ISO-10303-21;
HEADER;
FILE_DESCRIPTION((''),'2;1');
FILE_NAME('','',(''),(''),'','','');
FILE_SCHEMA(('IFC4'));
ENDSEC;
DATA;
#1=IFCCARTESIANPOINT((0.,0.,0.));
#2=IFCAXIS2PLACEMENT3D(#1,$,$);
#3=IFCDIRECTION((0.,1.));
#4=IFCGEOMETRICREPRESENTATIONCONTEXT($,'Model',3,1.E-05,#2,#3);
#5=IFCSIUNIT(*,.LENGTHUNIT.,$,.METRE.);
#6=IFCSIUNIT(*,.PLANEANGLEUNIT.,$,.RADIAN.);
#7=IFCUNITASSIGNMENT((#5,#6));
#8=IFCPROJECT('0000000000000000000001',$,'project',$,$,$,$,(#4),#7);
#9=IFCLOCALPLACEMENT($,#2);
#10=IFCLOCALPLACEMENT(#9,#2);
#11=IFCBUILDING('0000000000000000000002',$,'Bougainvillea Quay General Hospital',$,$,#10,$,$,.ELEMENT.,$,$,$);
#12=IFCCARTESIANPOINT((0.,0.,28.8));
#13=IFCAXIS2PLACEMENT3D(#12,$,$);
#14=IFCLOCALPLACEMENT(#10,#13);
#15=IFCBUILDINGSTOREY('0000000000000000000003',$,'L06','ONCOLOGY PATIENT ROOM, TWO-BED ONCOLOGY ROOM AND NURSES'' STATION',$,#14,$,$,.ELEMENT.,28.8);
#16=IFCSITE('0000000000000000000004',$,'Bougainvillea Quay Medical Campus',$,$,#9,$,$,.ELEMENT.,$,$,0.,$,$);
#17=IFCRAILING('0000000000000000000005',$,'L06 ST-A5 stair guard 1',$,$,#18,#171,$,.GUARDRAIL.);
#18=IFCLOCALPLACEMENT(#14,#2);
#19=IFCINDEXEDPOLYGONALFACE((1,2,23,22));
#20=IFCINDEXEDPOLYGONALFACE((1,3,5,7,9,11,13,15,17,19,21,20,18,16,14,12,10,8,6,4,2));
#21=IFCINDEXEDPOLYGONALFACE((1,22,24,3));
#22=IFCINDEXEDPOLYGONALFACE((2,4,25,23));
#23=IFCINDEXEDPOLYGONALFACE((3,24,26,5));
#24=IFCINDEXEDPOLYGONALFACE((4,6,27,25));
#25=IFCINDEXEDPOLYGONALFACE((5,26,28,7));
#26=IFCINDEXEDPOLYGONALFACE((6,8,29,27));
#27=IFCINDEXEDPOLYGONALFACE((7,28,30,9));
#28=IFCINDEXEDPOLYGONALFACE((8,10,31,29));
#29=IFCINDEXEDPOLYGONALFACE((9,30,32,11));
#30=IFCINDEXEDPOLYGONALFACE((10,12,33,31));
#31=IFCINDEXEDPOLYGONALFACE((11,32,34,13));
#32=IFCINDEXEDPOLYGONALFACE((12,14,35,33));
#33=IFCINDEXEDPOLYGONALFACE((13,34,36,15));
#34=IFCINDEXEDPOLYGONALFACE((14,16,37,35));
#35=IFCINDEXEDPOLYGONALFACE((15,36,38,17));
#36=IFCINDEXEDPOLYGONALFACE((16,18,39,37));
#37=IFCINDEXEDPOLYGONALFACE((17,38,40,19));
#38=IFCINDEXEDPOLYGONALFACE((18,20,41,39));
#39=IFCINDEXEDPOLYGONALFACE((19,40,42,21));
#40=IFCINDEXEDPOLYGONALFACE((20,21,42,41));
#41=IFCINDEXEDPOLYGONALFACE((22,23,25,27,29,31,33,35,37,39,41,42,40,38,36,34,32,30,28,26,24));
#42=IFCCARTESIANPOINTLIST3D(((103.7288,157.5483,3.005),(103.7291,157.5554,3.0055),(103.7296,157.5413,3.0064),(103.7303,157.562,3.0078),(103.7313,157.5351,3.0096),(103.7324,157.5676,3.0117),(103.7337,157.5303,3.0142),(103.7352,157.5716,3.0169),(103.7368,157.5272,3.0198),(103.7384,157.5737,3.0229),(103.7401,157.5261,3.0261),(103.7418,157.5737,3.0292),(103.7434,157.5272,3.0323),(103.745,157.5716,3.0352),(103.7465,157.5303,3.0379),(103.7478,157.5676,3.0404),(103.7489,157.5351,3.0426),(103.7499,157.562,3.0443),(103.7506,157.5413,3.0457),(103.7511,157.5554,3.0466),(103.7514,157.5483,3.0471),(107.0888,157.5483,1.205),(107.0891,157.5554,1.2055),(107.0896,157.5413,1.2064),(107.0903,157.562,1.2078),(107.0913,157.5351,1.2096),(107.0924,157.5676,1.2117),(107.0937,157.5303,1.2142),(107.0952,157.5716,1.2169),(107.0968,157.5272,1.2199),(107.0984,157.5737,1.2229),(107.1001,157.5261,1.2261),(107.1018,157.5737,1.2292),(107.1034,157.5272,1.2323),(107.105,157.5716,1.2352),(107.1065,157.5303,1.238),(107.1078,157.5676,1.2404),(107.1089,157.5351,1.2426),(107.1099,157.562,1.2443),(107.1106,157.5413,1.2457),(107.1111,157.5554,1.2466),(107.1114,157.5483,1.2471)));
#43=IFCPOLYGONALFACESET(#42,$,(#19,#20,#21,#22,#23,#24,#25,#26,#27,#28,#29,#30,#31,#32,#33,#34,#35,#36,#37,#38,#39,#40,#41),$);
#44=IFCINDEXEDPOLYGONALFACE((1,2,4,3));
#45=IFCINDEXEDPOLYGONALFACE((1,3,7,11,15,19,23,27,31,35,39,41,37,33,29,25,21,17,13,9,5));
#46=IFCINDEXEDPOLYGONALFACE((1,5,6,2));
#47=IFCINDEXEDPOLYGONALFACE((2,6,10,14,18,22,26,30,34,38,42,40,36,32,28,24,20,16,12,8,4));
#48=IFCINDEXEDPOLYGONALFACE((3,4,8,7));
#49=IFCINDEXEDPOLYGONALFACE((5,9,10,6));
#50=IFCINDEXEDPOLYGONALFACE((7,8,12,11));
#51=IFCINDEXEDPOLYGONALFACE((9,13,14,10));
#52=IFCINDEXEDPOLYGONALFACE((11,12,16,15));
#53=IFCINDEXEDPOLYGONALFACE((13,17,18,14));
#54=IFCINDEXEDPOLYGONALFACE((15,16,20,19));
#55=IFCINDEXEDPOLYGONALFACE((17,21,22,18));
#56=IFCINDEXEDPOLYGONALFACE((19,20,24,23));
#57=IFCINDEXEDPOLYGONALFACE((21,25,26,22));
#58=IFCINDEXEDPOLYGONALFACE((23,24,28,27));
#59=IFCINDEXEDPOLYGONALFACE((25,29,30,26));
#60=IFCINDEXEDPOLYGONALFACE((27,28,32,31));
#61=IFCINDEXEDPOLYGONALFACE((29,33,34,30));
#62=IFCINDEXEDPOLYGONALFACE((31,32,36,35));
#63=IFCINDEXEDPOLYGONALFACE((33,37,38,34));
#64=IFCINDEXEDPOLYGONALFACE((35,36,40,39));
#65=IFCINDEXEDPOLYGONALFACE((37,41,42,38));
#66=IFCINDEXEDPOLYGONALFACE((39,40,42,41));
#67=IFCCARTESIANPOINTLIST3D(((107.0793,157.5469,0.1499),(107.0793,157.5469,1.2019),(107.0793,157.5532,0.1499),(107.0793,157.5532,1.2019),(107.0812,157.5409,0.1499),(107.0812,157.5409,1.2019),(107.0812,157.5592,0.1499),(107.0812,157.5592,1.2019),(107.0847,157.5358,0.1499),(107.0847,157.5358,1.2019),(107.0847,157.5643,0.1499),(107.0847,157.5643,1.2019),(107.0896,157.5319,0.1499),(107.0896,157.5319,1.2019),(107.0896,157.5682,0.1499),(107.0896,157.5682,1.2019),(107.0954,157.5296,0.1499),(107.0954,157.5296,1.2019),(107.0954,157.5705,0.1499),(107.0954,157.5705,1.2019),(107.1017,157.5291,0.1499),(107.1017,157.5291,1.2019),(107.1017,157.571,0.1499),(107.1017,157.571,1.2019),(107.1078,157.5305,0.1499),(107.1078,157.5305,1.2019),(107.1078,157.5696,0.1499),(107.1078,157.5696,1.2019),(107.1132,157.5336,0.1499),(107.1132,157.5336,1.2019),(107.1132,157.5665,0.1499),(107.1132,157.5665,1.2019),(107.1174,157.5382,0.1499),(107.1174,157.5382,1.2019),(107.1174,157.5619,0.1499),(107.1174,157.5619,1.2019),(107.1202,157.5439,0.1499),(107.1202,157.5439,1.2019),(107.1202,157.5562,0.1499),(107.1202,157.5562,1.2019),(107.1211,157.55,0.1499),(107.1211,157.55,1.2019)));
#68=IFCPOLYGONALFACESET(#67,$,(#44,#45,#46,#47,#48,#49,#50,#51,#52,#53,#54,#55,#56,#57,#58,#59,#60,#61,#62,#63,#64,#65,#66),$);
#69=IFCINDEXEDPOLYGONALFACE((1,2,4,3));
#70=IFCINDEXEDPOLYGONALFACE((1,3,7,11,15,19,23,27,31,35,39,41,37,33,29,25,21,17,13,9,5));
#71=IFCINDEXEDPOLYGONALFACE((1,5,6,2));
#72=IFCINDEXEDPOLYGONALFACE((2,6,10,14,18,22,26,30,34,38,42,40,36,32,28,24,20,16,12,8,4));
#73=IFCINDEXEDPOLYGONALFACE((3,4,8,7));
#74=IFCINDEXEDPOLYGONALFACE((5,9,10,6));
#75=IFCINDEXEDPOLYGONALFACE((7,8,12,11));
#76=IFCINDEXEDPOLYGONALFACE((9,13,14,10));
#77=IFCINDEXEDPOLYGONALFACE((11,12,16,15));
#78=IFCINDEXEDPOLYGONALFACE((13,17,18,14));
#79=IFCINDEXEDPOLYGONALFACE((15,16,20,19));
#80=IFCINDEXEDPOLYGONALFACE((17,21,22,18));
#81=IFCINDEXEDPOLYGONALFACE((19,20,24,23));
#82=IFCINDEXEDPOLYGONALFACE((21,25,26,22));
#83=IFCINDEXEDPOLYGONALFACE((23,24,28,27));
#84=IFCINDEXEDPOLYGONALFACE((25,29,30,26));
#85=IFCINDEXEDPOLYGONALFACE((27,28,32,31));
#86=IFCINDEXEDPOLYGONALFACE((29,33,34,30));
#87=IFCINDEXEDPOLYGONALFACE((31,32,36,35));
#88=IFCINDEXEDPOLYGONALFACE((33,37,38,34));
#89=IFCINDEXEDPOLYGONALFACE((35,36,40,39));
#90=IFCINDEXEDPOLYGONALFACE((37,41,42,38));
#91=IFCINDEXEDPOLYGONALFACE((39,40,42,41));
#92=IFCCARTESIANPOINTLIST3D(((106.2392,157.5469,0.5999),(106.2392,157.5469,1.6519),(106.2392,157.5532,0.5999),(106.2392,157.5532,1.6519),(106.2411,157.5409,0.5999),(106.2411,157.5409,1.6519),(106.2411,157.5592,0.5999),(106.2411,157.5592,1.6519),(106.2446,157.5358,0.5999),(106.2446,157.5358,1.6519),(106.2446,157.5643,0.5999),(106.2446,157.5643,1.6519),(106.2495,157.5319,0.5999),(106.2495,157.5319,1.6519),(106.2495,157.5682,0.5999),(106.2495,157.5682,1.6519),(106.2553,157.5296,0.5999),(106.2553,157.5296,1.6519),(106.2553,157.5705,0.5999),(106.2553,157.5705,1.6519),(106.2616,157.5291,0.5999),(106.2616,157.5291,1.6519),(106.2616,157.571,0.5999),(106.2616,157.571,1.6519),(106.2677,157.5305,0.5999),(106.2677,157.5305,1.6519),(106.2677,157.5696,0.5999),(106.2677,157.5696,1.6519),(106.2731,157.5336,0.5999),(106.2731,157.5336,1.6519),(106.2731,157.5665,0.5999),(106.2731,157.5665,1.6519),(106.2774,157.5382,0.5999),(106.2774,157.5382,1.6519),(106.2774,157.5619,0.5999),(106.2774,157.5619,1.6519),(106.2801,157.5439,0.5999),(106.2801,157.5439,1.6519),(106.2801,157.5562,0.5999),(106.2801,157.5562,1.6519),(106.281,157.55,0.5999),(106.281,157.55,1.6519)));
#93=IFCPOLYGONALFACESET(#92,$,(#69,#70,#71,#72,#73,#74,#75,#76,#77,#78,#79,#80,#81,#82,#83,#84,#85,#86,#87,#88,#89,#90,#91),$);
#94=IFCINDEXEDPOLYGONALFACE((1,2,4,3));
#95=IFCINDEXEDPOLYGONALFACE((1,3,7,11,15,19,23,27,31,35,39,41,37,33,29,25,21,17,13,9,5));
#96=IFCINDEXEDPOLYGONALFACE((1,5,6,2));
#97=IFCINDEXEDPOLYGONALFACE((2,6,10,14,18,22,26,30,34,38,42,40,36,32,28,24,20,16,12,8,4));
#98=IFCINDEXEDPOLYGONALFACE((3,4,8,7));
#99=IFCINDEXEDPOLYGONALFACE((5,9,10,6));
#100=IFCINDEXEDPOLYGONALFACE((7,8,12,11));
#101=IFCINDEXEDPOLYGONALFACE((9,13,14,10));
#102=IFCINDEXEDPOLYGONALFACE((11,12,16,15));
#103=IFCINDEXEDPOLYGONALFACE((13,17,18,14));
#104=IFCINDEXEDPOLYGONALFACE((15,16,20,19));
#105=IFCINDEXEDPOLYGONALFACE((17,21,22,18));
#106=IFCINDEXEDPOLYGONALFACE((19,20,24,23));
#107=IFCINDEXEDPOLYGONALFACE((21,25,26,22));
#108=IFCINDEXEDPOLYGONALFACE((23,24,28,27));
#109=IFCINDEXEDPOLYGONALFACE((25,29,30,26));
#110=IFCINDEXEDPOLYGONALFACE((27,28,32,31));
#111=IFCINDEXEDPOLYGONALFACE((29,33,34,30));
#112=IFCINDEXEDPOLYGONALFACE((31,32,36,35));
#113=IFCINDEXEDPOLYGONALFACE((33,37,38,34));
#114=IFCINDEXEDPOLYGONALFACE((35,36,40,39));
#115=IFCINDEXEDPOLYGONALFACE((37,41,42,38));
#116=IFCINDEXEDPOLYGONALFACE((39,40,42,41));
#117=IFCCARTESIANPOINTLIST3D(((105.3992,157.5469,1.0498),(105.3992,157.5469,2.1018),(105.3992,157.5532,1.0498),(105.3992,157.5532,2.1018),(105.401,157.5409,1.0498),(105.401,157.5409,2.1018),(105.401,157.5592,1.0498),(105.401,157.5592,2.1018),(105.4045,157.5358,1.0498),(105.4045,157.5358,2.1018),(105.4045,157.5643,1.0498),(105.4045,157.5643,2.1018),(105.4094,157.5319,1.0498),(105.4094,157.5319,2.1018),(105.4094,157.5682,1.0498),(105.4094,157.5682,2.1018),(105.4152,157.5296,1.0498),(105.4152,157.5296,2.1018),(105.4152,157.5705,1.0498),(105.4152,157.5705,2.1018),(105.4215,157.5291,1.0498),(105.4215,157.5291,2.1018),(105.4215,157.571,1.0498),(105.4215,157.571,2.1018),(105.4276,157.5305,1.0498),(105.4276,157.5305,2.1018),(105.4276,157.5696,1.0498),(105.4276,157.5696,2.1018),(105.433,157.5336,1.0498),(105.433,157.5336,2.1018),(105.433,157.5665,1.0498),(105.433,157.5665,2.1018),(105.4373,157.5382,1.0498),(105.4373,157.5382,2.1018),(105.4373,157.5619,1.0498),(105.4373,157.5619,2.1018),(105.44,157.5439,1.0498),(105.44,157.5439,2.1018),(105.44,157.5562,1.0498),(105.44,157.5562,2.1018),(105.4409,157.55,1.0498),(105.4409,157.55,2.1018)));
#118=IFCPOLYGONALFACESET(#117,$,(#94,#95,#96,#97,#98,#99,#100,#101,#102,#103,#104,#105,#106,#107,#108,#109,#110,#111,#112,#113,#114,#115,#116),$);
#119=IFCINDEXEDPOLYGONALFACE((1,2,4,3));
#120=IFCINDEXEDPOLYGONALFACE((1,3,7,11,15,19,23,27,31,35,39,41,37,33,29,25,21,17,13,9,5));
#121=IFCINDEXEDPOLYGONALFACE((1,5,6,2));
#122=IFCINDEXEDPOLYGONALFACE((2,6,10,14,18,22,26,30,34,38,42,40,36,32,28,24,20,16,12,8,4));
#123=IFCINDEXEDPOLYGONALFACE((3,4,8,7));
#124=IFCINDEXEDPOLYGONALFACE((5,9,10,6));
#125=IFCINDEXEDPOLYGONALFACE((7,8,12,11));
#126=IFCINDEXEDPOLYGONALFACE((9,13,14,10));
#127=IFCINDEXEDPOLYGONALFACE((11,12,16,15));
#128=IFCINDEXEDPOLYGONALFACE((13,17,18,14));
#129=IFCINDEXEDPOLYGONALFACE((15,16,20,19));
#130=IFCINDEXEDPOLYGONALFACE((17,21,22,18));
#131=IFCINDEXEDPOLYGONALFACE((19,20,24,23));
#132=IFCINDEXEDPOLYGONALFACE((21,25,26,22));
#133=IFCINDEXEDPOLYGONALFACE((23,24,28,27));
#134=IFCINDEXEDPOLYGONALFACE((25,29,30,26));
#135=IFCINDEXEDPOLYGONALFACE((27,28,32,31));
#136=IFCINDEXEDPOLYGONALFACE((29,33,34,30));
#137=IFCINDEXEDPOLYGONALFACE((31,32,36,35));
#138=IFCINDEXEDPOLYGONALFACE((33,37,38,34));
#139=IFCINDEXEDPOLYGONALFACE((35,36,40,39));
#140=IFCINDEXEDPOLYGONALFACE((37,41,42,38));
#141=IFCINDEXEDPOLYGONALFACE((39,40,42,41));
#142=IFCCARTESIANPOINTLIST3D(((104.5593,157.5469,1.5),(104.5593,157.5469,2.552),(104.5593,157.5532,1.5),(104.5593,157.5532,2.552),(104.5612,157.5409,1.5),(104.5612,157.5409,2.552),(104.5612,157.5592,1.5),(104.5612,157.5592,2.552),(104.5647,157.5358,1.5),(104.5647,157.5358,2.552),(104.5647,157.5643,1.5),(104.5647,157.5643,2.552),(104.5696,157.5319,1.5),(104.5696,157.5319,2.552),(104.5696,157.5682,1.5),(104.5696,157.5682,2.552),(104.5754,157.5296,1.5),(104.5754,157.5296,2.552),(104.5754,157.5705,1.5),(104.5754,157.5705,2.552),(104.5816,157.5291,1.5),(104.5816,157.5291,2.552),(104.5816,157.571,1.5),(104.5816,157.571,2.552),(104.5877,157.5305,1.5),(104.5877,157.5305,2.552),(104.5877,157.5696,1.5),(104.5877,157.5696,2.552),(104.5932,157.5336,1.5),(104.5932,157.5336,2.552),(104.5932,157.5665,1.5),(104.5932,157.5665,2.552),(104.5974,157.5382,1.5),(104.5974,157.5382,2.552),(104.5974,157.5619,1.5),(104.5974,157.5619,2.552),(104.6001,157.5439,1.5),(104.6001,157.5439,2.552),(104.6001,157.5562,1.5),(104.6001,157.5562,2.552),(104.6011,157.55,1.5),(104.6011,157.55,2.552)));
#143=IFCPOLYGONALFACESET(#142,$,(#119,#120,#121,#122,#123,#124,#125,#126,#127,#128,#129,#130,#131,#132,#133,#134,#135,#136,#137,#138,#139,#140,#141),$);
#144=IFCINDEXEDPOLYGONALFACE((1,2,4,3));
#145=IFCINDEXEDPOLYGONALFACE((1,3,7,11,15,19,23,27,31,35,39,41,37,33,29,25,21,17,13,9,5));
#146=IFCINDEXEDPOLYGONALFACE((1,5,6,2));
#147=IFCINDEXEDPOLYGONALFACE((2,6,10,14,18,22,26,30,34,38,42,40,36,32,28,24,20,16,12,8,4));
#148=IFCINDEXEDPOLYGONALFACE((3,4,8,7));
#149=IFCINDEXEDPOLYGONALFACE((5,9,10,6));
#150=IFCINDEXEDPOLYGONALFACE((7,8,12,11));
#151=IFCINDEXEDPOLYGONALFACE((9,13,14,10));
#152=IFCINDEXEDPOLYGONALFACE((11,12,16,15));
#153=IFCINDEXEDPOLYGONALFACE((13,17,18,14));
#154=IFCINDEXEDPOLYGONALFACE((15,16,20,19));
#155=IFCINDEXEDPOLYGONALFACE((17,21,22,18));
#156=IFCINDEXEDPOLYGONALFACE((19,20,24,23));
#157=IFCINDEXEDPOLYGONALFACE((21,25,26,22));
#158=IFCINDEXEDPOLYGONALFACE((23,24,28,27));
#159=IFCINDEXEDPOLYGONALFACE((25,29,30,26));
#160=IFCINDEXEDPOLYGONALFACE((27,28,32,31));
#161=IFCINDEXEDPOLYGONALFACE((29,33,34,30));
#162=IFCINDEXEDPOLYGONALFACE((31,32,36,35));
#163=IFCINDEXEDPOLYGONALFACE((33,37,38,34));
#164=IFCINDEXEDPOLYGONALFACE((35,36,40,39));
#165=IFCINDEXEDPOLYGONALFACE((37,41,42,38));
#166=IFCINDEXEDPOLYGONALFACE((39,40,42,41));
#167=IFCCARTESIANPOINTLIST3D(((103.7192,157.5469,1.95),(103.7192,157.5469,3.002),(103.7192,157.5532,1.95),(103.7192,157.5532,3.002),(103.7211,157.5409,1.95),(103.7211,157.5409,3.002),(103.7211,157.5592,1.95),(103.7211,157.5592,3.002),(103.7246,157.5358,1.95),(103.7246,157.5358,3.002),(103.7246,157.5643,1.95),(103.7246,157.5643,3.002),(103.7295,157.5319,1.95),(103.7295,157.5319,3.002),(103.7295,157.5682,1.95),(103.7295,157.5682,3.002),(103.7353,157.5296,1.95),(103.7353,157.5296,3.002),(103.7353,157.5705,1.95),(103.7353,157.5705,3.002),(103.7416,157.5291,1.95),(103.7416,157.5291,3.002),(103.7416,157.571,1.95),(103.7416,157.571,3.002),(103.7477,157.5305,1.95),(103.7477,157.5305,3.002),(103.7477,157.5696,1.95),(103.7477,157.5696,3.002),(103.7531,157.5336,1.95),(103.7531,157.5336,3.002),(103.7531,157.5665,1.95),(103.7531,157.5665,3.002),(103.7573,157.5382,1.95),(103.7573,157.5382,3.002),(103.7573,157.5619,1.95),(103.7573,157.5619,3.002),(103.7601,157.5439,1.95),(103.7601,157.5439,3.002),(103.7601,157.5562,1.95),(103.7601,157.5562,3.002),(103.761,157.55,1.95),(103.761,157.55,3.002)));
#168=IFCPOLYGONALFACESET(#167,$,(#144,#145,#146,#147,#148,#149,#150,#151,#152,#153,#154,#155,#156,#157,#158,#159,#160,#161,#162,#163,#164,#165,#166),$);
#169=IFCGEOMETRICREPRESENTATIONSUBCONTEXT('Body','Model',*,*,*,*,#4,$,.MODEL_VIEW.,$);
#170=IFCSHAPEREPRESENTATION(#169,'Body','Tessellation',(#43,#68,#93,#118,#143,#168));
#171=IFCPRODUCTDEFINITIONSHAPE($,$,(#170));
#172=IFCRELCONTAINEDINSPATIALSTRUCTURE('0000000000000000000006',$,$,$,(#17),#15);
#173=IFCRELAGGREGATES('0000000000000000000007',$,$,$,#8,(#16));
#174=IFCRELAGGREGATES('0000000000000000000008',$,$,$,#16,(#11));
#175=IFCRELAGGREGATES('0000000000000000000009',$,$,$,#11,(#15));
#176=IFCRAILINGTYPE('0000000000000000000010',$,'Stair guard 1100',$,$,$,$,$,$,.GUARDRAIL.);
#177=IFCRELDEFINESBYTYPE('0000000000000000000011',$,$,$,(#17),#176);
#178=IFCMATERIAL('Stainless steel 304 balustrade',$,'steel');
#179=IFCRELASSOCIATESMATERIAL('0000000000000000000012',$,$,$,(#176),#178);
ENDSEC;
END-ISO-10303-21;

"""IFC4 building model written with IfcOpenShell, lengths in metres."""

from ifc_helpers import new_model, si_unit, direction, frame, origin, origin_2d, place, context, subcontext, project, spatial, circle, extrude, material, type_object, element, save


model = new_model("IFC4")

# Units and contexts
model_context = context("Model", 3, precision=1e-05, world=origin(), true_north=direction((0.0, 1.0)))
body_context = subcontext(model_context, "Body", "Model", "MODEL_VIEW")
ifc_project = project(units=[si_unit("LENGTHUNIT", "METRE"), si_unit("PLANEANGLEUNIT", "RADIAN")], contexts=[model_context])

# Site, building, storey
site_placement = place(None, origin())
site = spatial("IfcSite", under=ifc_project, at=site_placement, Name="Bougainvillea Quay Medical Campus", CompositionType="ELEMENT", RefElevation=0.0)
building_placement = place(site_placement, origin())
building = spatial("IfcBuilding", under=site, at=building_placement, Name="Bougainvillea Quay General Hospital", CompositionType="ELEMENT")
storey_placement = place(building_placement, frame((0.0, 0.0, 28.8)))
storey = spatial("IfcBuildingStorey", under=building, at=storey_placement, Name="L06", Description="ONCOLOGY PATIENT ROOM, TWO-BED ONCOLOGY ROOM AND NURSES' STATION", CompositionType="ELEMENT", Elevation=28.8)

# Railing
ifc_material_1 = material(Name="Stainless steel 304 balustrade", Category="steel")
railing_type_1 = type_object("IfcRailingType", Name="Stair guard 1100", PredefinedType="GUARDRAIL", material=ifc_material_1)
railing_1_placement = place(storey_placement, frame((107.1001, 157.55, 0.1499)))
element("IfcRailing", 1, at=railing_1_placement, inside=storey, type_object=railing_type_1, Name="L06 ST-A5 stair guard 1", PredefinedType="GUARDRAIL", context=body_context, shape_type="SweptSolid", body=[
    extrude(circle(Radius=0.0239, at=origin_2d()), frame((0.0, 0.0, 1.0762), z_axis=(-0.881481, 0.0, 0.47222), x_axis=(0.0, -1.0, 0.0)), (0.0, 0.0, 1.0), 3.8118),
    extrude(circle(Radius=0.021, at=origin_2d()), origin(), (0.0, 0.0, 1.0), 1.052),
    extrude(circle(Radius=0.021, at=origin_2d()), frame((-0.8401, 0.0, 0.45)), (0.0, 0.0, 1.0), 1.052),
    extrude(circle(Radius=0.021, at=origin_2d()), frame((-1.6802, 0.0, 0.8999)), (0.0, 0.0, 1.0), 1.052),
    extrude(circle(Radius=0.021, at=origin_2d()), frame((-2.52, 0.0, 1.3501)), (0.0, 0.0, 1.0), 1.052),
    extrude(circle(Radius=0.021, at=origin_2d()), frame((-3.3601, 0.0, 1.8)), (0.0, 0.0, 1.0), 1.052),
])

save(model, "model.ifc")
